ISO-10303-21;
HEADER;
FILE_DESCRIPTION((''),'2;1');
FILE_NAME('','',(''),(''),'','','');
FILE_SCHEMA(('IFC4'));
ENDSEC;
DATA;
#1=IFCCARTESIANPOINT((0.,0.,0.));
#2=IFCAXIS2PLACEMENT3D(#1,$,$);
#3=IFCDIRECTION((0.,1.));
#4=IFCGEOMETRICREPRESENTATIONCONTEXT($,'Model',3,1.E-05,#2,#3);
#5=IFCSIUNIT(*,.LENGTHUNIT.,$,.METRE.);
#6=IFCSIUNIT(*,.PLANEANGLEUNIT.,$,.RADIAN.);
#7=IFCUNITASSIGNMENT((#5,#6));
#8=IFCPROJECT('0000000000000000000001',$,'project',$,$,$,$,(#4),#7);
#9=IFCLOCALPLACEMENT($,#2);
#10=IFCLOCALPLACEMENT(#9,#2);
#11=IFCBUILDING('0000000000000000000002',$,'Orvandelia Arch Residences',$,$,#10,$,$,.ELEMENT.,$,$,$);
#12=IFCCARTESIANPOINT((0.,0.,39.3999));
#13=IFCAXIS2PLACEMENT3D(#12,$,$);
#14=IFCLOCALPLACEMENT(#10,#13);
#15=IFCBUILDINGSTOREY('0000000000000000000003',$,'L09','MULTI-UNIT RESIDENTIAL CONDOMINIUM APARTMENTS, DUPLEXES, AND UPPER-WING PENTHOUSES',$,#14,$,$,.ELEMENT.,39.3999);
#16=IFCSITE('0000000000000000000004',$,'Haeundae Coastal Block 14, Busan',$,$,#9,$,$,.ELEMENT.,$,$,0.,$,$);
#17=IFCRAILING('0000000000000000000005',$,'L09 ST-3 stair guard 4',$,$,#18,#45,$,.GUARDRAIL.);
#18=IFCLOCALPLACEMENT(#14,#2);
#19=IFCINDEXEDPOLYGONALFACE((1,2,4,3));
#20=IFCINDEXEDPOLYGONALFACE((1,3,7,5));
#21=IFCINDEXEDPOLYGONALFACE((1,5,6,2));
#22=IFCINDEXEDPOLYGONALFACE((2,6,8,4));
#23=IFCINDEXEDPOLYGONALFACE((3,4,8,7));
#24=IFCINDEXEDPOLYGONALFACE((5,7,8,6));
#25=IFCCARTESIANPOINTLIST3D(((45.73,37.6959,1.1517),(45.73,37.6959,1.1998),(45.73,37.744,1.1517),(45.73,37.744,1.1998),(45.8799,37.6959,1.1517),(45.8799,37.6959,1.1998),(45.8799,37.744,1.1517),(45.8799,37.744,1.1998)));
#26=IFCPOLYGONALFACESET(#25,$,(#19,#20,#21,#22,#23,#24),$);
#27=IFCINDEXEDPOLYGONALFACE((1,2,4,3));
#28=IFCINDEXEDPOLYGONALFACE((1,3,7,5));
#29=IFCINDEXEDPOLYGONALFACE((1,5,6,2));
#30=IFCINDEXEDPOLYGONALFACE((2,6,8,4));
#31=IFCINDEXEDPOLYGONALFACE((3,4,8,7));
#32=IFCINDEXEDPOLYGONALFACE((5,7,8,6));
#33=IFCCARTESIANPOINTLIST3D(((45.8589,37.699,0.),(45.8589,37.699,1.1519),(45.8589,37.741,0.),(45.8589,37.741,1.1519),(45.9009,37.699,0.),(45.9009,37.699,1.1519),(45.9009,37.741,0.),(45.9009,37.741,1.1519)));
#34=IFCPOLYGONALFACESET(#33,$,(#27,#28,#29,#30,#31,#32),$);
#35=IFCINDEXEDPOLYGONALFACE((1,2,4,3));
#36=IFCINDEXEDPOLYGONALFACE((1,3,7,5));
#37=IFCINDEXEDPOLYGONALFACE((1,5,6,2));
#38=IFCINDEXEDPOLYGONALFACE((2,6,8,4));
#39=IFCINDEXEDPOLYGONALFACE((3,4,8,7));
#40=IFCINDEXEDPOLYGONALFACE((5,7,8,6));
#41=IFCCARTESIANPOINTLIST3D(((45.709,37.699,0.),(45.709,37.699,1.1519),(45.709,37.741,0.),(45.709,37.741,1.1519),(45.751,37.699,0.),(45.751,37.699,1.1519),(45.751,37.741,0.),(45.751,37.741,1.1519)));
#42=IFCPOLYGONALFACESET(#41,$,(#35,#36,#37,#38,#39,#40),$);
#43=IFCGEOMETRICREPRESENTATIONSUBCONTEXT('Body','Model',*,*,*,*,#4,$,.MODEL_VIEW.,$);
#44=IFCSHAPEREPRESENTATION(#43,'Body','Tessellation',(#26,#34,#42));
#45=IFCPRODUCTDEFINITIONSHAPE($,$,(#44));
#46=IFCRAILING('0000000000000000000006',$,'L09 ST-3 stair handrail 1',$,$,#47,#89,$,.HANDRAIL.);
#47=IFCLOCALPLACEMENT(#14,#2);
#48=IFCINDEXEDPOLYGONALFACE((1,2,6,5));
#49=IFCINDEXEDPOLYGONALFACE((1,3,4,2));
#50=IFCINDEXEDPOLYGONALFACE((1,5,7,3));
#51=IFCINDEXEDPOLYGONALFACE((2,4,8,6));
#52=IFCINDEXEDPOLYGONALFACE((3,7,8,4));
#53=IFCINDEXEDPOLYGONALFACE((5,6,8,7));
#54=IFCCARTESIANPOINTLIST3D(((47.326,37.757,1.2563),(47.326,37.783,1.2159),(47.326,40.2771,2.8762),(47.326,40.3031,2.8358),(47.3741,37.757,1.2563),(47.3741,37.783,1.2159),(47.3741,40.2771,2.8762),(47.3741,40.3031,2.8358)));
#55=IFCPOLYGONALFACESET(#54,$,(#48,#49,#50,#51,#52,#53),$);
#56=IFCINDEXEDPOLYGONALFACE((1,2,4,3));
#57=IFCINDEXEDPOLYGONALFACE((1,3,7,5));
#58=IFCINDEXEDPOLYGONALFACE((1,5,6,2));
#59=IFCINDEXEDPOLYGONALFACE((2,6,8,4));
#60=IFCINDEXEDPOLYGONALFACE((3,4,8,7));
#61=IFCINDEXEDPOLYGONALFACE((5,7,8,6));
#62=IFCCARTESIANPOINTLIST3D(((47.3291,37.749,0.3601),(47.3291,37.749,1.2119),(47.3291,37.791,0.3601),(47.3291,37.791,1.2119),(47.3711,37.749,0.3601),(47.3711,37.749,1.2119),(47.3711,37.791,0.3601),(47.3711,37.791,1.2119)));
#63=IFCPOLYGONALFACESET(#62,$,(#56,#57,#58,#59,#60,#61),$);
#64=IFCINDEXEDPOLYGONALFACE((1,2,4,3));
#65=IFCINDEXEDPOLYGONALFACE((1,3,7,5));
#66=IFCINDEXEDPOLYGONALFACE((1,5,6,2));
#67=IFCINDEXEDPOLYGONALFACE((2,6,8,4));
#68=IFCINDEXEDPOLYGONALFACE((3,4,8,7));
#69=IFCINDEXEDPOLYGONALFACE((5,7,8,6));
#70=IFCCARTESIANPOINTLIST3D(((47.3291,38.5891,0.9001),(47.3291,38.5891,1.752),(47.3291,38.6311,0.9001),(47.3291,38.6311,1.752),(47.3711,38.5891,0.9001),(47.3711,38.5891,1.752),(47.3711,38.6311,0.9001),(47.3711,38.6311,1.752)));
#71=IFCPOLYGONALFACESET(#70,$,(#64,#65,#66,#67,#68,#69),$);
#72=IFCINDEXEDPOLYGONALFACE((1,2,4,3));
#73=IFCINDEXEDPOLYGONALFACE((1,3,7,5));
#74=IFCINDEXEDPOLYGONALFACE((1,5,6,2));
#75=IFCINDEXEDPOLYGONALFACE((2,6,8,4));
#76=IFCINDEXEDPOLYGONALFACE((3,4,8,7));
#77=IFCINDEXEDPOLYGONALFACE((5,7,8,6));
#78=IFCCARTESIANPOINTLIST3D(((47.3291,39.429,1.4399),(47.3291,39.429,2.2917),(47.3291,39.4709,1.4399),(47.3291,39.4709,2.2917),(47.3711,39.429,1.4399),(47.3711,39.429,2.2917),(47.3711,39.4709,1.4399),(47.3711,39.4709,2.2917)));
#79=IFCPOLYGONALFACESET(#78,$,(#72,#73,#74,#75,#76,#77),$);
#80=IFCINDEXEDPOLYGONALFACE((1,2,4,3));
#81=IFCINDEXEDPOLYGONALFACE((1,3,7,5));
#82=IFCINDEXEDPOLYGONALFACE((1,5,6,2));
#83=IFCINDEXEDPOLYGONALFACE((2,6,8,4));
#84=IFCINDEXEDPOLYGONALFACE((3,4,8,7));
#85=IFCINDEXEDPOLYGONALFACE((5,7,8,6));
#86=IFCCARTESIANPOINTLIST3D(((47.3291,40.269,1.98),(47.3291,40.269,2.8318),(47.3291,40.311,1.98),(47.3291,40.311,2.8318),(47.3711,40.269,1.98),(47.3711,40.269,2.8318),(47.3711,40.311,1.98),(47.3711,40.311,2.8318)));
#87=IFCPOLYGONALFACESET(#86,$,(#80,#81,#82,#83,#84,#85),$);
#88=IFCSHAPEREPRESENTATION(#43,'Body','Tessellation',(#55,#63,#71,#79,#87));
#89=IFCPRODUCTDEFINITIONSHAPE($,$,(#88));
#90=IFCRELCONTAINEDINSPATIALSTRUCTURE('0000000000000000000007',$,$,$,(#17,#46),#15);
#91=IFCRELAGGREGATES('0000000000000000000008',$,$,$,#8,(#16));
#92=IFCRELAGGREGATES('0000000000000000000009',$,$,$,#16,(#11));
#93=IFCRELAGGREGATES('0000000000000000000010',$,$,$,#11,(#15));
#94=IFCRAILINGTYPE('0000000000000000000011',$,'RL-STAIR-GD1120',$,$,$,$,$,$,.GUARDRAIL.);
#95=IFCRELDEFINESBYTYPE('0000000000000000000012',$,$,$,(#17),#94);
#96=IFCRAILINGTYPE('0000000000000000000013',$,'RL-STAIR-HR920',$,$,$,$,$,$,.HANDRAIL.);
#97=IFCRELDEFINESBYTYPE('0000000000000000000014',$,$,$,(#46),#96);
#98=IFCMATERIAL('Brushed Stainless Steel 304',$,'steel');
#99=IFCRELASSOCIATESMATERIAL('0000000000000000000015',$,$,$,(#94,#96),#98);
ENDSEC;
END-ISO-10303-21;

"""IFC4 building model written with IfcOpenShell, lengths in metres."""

from ifc_helpers import new_model, si_unit, direction, frame, origin, origin_2d, place, context, subcontext, project, spatial, rectangle, extrude, material, type_object, element, save


model = new_model("IFC4")

# Units and contexts
model_context = context("Model", 3, precision=1e-05, world=origin(), true_north=direction((0.0, 1.0)))
body_context = subcontext(model_context, "Body", "Model", "MODEL_VIEW")
ifc_project = project(units=[si_unit("LENGTHUNIT", "METRE"), si_unit("PLANEANGLEUNIT", "RADIAN")], contexts=[model_context])

# Site, building, storey
site_placement = place(None, origin())
site = spatial("IfcSite", under=ifc_project, at=site_placement, Name="Haeundae Coastal Block 14, Busan", CompositionType="ELEMENT", RefElevation=0.0)
building_placement = place(site_placement, origin())
building = spatial("IfcBuilding", under=site, at=building_placement, Name="Orvandelia Arch Residences", CompositionType="ELEMENT")
storey_placement = place(building_placement, frame((0.0, 0.0, 39.3999)))
storey = spatial("IfcBuildingStorey", under=building, at=storey_placement, Name="L09", Description="MULTI-UNIT RESIDENTIAL CONDOMINIUM APARTMENTS, DUPLEXES, AND UPPER-WING PENTHOUSES", CompositionType="ELEMENT", Elevation=39.3999)

# Railings
ifc_material_1 = material(Name="Brushed Stainless Steel 304", Category="steel")
railing_type_1 = type_object("IfcRailingType", Name="RL-STAIR-GD1120", PredefinedType="GUARDRAIL", material=ifc_material_1)
railing_1_placement = place(storey_placement, frame((45.8799, 37.72, 0.0)))
element("IfcRailing", 1, at=railing_1_placement, inside=storey, type_object=railing_type_1, Name="L09 ST-3 stair guard 4", PredefinedType="GUARDRAIL", context=body_context, shape_type="SweptSolid", body=[
    extrude(rectangle(XDim=0.0481, YDim=0.0481, at=origin_2d()), frame((0.0, 0.0, 1.1758), z_axis=(-1.0, 0.0, 0.0), x_axis=(0.0, -1.0, 0.0)), (0.0, 0.0, 1.0), 0.1499),
    extrude(rectangle(XDim=0.042, YDim=0.042, at=origin_2d()), origin(), (0.0, 0.0, 1.0), 1.1519),
    extrude(rectangle(XDim=0.042, YDim=0.042, at=origin_2d()), frame((-0.1499, 0.0, 0.0)), (0.0, 0.0, 1.0), 1.1519),
])
railing_type_2 = type_object("IfcRailingType", Name="RL-STAIR-HR920", PredefinedType="HANDRAIL", material=ifc_material_1)
railing_2_placement = place(storey_placement, frame((47.3501, 37.77, 0.3601)))
element("IfcRailing", 2, at=railing_2_placement, inside=storey, type_object=railing_type_2, Name="L09 ST-3 stair handrail 1", PredefinedType="HANDRAIL", context=body_context, shape_type="SweptSolid", body=[
    extrude(rectangle(XDim=0.0481, YDim=0.0481, at=origin_2d()), frame((0.0, 0.0, 0.876), z_axis=(0.0, 0.8412, 0.540725), x_axis=(-1.0, 0.0, 0.0)), (0.0, 0.0, 1.0), 2.9958),
    extrude(rectangle(XDim=0.042, YDim=0.042, at=origin_2d()), origin(), (0.0, 0.0, 1.0), 0.8518),
    extrude(rectangle(XDim=0.042, YDim=0.042, at=origin_2d()), frame((0.0, 0.8401, 0.54)), (0.0, 0.0, 1.0), 0.8518),
    extrude(rectangle(XDim=0.042, YDim=0.042, at=origin_2d()), frame((0.0, 1.6799, 1.0798)), (0.0, 0.0, 1.0), 0.8518),
    extrude(rectangle(XDim=0.042, YDim=0.042, at=origin_2d()), frame((0.0, 2.52, 1.6199)), (0.0, 0.0, 1.0), 0.8518),
])

save(model, "model.ifc")
